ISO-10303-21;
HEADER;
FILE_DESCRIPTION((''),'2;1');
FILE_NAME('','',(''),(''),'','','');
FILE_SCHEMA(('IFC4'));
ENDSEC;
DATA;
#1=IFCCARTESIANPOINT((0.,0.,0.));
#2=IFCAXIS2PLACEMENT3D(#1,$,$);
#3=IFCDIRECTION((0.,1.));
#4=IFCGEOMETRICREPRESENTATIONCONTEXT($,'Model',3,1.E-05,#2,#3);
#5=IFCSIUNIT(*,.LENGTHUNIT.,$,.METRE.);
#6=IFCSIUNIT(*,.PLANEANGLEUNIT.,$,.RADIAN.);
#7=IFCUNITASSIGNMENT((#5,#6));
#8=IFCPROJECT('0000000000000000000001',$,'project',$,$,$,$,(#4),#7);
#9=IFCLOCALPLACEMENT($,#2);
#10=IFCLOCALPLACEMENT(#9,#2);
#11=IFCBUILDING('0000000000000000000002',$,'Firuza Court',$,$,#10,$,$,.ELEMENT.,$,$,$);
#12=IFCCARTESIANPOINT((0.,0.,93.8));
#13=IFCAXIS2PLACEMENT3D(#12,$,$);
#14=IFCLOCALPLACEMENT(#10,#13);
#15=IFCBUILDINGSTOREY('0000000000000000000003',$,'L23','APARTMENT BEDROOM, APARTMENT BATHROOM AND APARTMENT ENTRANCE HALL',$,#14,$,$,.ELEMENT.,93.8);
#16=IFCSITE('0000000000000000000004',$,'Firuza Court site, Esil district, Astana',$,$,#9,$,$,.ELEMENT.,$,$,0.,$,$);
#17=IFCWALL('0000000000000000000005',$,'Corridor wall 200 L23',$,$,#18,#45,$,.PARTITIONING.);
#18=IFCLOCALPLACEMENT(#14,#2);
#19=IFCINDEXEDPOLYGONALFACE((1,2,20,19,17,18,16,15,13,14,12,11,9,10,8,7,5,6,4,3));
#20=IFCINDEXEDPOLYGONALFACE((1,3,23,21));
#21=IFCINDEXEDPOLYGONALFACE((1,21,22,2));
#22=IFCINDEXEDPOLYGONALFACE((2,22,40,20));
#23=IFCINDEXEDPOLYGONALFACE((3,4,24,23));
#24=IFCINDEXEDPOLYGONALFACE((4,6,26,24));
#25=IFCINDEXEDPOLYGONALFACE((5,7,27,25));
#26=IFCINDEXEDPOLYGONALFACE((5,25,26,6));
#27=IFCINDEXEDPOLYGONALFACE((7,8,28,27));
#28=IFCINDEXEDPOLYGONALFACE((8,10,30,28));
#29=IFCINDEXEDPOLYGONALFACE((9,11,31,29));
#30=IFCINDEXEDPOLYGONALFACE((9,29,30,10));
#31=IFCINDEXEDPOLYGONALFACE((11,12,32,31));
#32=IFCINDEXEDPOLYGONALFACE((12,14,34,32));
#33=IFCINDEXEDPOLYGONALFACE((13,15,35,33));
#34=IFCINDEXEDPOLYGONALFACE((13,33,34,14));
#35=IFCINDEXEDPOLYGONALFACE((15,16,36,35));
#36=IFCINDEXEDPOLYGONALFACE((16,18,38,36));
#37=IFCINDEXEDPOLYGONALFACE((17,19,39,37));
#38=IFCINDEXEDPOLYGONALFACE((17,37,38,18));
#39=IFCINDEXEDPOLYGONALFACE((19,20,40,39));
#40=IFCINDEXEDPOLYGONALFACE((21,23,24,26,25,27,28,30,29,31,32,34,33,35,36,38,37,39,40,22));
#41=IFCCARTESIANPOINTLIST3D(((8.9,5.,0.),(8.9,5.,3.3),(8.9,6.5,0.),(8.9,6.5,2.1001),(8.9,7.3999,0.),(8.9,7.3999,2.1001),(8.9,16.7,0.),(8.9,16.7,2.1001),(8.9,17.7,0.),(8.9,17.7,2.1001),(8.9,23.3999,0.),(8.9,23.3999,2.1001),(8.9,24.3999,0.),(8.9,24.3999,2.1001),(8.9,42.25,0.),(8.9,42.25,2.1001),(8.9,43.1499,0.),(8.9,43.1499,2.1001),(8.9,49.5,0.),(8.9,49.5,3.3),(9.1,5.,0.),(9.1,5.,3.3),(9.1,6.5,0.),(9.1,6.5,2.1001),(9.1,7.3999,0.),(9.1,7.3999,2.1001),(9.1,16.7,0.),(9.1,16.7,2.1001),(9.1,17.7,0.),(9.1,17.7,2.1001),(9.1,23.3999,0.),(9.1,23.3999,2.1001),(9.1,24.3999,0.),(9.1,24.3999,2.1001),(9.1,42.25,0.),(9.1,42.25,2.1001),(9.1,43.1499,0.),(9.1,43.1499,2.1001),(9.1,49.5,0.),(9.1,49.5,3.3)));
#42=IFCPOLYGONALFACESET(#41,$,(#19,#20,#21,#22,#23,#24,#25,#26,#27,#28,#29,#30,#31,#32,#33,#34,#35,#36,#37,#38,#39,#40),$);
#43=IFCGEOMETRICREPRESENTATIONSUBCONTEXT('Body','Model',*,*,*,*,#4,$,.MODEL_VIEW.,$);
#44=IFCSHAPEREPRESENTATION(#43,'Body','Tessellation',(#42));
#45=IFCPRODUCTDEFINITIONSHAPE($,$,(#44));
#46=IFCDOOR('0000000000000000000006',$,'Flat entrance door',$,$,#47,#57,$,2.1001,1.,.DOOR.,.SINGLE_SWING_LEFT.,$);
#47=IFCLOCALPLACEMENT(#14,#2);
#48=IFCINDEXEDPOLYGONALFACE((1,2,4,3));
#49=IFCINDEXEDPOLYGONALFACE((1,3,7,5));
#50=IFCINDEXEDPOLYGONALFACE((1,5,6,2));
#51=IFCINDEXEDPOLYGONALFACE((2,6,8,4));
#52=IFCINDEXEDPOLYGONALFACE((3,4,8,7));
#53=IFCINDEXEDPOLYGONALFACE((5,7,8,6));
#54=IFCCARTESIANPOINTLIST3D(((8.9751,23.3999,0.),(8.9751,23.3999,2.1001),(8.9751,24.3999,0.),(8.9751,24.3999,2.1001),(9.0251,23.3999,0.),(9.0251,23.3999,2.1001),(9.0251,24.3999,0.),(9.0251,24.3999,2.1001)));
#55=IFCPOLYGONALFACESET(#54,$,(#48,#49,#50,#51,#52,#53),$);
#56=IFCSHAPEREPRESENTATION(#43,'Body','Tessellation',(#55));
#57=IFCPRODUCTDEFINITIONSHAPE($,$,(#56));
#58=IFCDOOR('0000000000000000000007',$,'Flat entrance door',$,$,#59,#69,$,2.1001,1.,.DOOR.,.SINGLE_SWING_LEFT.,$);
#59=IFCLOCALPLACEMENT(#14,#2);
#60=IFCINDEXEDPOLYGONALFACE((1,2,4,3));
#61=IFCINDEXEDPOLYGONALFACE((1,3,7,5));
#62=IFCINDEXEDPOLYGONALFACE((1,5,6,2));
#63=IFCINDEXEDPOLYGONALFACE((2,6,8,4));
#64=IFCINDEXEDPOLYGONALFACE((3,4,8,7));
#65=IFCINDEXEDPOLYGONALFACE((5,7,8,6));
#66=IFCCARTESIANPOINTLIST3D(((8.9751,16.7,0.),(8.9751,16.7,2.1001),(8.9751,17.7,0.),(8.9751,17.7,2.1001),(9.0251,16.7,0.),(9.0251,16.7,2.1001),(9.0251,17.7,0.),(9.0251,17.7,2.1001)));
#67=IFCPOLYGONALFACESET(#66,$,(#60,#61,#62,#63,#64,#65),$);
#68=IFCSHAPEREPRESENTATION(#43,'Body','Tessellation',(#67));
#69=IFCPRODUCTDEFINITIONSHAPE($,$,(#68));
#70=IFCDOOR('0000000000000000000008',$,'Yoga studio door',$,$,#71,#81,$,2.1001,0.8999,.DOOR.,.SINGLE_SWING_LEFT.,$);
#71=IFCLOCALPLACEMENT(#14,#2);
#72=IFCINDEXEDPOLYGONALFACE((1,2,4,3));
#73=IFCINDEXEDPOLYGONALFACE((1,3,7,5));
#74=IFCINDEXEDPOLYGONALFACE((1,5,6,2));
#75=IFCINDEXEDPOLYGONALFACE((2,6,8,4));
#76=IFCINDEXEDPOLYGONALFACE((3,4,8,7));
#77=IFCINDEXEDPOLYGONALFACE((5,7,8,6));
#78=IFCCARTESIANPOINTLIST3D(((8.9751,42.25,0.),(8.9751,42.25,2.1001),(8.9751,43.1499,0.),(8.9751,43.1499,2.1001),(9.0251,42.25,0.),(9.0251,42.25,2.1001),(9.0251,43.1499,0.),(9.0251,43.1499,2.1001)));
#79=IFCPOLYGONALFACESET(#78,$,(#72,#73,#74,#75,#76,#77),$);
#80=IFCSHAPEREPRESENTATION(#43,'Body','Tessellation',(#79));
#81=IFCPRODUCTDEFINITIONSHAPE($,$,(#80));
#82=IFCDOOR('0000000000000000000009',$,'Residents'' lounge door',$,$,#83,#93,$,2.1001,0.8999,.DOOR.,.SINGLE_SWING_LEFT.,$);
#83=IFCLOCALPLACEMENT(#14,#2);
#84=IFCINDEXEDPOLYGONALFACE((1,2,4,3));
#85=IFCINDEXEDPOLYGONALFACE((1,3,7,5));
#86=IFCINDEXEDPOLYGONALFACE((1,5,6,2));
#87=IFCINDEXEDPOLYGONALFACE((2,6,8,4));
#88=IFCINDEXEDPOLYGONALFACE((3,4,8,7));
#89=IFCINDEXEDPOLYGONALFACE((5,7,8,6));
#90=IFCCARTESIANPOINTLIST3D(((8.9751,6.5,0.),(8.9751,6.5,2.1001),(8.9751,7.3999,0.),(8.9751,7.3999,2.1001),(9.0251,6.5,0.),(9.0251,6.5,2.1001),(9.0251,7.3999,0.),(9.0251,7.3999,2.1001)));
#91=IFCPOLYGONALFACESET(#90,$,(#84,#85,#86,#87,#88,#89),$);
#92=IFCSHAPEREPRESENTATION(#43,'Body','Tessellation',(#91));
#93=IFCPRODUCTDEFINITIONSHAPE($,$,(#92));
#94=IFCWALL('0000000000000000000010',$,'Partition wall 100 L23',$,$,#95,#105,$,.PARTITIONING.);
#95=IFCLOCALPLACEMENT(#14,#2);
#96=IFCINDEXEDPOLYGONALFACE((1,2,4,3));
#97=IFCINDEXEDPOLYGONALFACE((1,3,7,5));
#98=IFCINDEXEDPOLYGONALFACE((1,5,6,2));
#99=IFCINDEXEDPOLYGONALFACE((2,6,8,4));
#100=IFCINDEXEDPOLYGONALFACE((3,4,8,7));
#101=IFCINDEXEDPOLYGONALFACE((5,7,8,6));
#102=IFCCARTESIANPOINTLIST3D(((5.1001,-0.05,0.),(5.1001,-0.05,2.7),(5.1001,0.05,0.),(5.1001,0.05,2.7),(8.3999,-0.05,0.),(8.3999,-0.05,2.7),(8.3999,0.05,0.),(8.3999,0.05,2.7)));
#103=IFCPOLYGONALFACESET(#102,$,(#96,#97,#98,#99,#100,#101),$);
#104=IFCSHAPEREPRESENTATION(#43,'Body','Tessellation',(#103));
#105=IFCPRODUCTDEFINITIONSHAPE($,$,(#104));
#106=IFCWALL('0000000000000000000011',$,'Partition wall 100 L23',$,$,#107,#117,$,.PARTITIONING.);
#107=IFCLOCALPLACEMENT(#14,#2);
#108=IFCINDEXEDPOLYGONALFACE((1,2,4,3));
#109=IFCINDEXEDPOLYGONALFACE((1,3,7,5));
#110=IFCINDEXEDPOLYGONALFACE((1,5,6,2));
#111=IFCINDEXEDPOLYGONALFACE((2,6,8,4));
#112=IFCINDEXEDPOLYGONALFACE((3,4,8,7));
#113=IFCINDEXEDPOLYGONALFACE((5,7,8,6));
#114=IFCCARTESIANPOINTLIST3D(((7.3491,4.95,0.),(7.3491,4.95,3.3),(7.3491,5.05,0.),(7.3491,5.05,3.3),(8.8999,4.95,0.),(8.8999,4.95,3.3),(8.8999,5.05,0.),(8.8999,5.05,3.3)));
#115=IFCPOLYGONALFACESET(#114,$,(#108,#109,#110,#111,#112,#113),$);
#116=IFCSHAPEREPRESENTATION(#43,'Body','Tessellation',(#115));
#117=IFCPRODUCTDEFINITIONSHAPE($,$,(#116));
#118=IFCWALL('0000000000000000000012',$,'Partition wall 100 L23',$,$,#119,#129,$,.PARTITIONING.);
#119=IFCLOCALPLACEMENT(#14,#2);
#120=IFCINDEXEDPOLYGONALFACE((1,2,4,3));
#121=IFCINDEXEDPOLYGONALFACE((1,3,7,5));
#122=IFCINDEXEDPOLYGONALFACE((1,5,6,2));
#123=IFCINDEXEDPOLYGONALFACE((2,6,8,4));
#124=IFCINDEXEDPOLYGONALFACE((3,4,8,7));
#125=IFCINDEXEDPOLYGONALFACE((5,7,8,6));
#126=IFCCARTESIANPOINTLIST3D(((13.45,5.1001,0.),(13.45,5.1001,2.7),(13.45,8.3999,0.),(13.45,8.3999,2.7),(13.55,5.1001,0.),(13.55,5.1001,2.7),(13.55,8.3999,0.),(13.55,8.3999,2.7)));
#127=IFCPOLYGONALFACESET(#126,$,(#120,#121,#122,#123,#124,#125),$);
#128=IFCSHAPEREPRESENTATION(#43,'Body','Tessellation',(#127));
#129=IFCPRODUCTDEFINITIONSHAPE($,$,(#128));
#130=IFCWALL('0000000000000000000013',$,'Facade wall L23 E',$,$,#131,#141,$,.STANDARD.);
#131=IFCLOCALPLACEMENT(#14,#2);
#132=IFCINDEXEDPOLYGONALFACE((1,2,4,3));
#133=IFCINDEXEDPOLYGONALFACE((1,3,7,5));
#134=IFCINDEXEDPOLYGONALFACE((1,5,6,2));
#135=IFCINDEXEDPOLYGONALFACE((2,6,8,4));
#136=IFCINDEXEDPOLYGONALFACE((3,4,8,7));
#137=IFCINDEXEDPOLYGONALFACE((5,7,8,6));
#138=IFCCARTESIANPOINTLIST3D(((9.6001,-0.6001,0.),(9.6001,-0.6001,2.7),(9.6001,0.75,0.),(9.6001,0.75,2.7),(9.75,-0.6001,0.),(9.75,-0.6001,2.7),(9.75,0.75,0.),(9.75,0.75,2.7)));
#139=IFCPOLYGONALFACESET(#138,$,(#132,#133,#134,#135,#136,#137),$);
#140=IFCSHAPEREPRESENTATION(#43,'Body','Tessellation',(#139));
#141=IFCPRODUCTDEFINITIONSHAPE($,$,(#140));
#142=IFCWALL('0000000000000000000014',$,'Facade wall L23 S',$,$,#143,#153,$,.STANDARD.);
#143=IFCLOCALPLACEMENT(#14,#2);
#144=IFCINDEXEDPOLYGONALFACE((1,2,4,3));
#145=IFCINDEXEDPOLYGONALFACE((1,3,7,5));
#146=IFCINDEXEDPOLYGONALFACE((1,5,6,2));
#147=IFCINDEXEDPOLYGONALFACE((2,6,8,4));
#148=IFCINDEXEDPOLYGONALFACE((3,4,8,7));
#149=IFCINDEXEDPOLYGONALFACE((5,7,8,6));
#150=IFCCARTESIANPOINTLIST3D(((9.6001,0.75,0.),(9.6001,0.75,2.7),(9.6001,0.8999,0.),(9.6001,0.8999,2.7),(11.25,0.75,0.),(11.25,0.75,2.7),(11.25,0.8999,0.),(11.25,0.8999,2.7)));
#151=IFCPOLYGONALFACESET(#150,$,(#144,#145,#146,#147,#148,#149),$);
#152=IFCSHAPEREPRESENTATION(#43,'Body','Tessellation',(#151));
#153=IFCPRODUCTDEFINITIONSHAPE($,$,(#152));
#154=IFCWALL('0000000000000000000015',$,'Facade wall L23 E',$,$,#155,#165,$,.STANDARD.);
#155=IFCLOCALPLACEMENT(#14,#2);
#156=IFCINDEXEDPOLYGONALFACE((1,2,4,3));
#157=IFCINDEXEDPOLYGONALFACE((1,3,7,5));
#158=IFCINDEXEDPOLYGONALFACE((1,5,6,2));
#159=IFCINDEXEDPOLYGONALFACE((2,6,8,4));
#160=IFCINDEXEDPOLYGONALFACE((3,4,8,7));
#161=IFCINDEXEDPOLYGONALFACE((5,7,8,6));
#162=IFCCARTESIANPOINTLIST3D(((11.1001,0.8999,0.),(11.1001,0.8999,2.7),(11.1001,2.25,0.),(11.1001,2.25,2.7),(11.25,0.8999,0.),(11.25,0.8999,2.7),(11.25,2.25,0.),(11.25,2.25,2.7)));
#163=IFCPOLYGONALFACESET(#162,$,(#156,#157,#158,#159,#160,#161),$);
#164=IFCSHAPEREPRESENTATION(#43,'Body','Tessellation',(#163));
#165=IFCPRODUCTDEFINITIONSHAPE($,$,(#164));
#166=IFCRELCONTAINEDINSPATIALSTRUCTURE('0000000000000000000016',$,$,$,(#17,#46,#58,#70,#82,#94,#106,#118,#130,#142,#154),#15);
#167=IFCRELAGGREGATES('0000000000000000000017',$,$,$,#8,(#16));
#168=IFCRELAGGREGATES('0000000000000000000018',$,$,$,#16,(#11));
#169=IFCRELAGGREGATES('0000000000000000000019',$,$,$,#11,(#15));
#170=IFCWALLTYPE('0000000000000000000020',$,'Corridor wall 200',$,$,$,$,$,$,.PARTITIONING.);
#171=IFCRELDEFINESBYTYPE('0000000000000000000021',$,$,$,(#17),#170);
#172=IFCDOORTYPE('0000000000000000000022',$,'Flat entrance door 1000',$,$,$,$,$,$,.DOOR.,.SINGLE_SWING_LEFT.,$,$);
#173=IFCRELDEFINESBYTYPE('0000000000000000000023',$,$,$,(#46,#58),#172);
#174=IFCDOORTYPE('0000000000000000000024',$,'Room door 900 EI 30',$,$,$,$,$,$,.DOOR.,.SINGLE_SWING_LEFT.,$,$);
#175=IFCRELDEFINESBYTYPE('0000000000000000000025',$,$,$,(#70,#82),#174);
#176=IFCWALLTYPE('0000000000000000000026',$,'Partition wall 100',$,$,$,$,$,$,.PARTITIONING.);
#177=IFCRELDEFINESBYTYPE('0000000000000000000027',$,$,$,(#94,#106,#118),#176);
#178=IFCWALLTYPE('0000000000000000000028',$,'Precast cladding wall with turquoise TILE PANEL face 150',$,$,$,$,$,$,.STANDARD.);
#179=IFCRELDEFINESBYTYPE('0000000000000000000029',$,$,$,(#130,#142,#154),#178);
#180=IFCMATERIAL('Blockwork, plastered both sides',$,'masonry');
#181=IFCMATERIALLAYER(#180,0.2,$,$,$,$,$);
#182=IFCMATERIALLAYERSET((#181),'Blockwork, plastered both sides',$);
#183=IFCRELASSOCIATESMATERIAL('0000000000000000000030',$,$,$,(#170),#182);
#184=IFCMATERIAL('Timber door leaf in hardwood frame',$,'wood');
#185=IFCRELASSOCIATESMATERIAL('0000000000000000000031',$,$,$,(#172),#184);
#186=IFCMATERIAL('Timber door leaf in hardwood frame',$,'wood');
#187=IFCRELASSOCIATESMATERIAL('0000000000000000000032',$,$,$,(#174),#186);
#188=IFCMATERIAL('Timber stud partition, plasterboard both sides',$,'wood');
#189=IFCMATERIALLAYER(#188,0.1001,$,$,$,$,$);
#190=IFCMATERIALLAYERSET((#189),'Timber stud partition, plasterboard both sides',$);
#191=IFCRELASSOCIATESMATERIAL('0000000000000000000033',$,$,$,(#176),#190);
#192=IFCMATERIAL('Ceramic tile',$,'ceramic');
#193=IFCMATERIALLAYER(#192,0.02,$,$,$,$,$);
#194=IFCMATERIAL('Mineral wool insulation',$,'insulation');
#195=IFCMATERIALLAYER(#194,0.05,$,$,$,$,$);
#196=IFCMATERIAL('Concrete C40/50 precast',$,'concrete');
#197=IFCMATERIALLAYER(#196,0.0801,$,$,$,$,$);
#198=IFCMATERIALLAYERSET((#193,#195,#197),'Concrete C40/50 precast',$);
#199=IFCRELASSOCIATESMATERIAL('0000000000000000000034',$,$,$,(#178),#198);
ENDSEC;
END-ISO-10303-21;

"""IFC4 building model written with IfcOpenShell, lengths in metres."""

from ifc_helpers import new_model, si_unit, direction, frame, frame_2d, origin, place, context, subcontext, project, spatial, rectangle, extrude, material, layer, layer_set, type_object, element, fill, save


model = new_model("IFC4")

# Units and contexts
model_context = context("Model", 3, precision=1e-05, world=origin(), true_north=direction((0.0, 1.0)))
body_context = subcontext(model_context, "Body", "Model", "MODEL_VIEW")
ifc_project = project(units=[si_unit("LENGTHUNIT", "METRE"), si_unit("PLANEANGLEUNIT", "RADIAN")], contexts=[model_context])

# Site, building, storey
site_placement = place(None, origin())
site = spatial("IfcSite", under=ifc_project, at=site_placement, Name="Firuza Court site, Esil district, Astana", CompositionType="ELEMENT", RefElevation=0.0)
building_placement = place(site_placement, origin())
building = spatial("IfcBuilding", under=site, at=building_placement, Name="Firuza Court", CompositionType="ELEMENT")
storey_placement = place(building_placement, frame((0.0, 0.0, 93.8)))
storey = spatial("IfcBuildingStorey", under=building, at=storey_placement, Name="L23", Description="APARTMENT BEDROOM, APARTMENT BATHROOM AND APARTMENT ENTRANCE HALL", CompositionType="ELEMENT", Elevation=93.8)

# Wall, openings, doors
ifc_material_1 = material(Name="Blockwork, plastered both sides", Category="masonry")
ifc_layer_1 = layer(ifc_material_1, 0.2)
ifc_layer_set_1 = layer_set([ifc_layer_1], Name="Blockwork, plastered both sides")
wall_type_1 = type_object("IfcWallType", Name="Corridor wall 200", PredefinedType="PARTITIONING", material=ifc_layer_set_1)
wall_1_placement = place(storey_placement, frame((9.0, 5.0, 0.0), z_axis=(0.0, 0.0, 1.0), x_axis=(0.0, 1.0, 0.0)))
wall_1 = element("IfcWall", 1, at=wall_1_placement, inside=storey, type_object=wall_type_1, Name="Corridor wall 200 L23", PredefinedType="PARTITIONING", context=body_context, shape_type="SweptSolid", body=[
    extrude(rectangle(XDim=44.5, YDim=0.2, at=frame_2d((22.25, 0.0))), origin(), (0.0, 0.0, 1.0), 3.3),
])
opening_1_placement = place(wall_1_placement, frame((18.3999, 0.0, 0.0)))
opening_1 = element("IfcOpeningElement", 2, at=opening_1_placement, cuts=wall_1, PredefinedType="OPENING", context=body_context, shape_type="SweptSolid", body=[
    extrude(rectangle(XDim=1.0, YDim=2.1001, at=frame_2d((0.5, 1.05))), frame((0.0, 0.1118, 0.0), z_axis=(0.0, -1.0, 0.0), x_axis=(1.0, 0.0, 0.0)), (0.0, 0.0, 1.0), 0.2239),
])
opening_2_placement = place(wall_1_placement, frame((11.7, 0.0, 0.0)))
opening_2 = element("IfcOpeningElement", 3, at=opening_2_placement, cuts=wall_1, PredefinedType="OPENING", context=body_context, shape_type="SweptSolid", body=[
    extrude(rectangle(XDim=1.0, YDim=2.1001, at=frame_2d((0.5, 1.05))), frame((0.0, 0.1118, 0.0), z_axis=(0.0, -1.0, 0.0), x_axis=(1.0, 0.0, 0.0)), (0.0, 0.0, 1.0), 0.2239),
])
opening_3_placement = place(wall_1_placement, frame((37.25, 0.0, 0.0)))
opening_3 = element("IfcOpeningElement", 4, at=opening_3_placement, cuts=wall_1, PredefinedType="OPENING", context=body_context, shape_type="SweptSolid", body=[
    extrude(rectangle(XDim=0.8999, YDim=2.1001, at=frame_2d((0.45, 1.05))), frame((0.0, 0.1118, 0.0), z_axis=(0.0, -1.0, 0.0), x_axis=(1.0, 0.0, 0.0)), (0.0, 0.0, 1.0), 0.2239),
])
opening_4_placement = place(wall_1_placement, frame((1.5, 0.0, 0.0)))
opening_4 = element("IfcOpeningElement", 5, at=opening_4_placement, cuts=wall_1, PredefinedType="OPENING", context=body_context, shape_type="SweptSolid", body=[
    extrude(rectangle(XDim=0.8999, YDim=2.1001, at=frame_2d((0.45, 1.05))), frame((0.0, 0.1118, 0.0), z_axis=(0.0, -1.0, 0.0), x_axis=(1.0, 0.0, 0.0)), (0.0, 0.0, 1.0), 0.2239),
])
ifc_material_2 = material(Name="Timber door leaf in hardwood frame", Category="wood")
door_type_1 = type_object("IfcDoorType", Name="Flat entrance door 1000", OperationType="SINGLE_SWING_LEFT", PredefinedType="DOOR", material=ifc_material_2)
door_1_placement = place(opening_1_placement, origin())
door_1 = element("IfcDoor", 6, at=door_1_placement, inside=storey, type_object=door_type_1, Name="Flat entrance door", OperationType="SINGLE_SWING_LEFT", OverallHeight=2.1001, OverallWidth=1.0, PredefinedType="DOOR", context=body_context, shape_type="SweptSolid", body=[
    extrude(rectangle(XDim=1.0, YDim=2.1001, at=frame_2d((0.5, 1.05))), frame((0.0, 0.0249, 0.0), z_axis=(0.0, -1.0, 0.0), x_axis=(1.0, 0.0, 0.0)), (0.0, 0.0, 1.0), 0.05),
])
fill(opening_1, door_1)
door_2_placement = place(opening_2_placement, origin())
door_2 = element("IfcDoor", 7, at=door_2_placement, inside=storey, type_object=door_type_1, Name="Flat entrance door", OperationType="SINGLE_SWING_LEFT", OverallHeight=2.1001, OverallWidth=1.0, PredefinedType="DOOR", context=body_context, shape_type="SweptSolid", body=[
    extrude(rectangle(XDim=1.0, YDim=2.1001, at=frame_2d((0.5, 1.05))), frame((0.0, 0.0249, 0.0), z_axis=(0.0, -1.0, 0.0), x_axis=(1.0, 0.0, 0.0)), (0.0, 0.0, 1.0), 0.05),
])
fill(opening_2, door_2)
ifc_material_3 = material(Name="Timber door leaf in hardwood frame", Category="wood")
door_type_2 = type_object("IfcDoorType", Name="Room door 900 EI 30", OperationType="SINGLE_SWING_LEFT", PredefinedType="DOOR", material=ifc_material_3)
door_3_placement = place(opening_3_placement, origin())
door_3 = element("IfcDoor", 8, at=door_3_placement, inside=storey, type_object=door_type_2, Name="Yoga studio door", OperationType="SINGLE_SWING_LEFT", OverallHeight=2.1001, OverallWidth=0.8999, PredefinedType="DOOR", context=body_context, shape_type="SweptSolid", body=[
    extrude(rectangle(XDim=0.8999, YDim=2.1001, at=frame_2d((0.45, 1.05))), frame((0.0, 0.0249, 0.0), z_axis=(0.0, -1.0, 0.0), x_axis=(1.0, 0.0, 0.0)), (0.0, 0.0, 1.0), 0.05),
])
fill(opening_3, door_3)
door_4_placement = place(opening_4_placement, origin())
door_4 = element("IfcDoor", 9, at=door_4_placement, inside=storey, type_object=door_type_2, Name="Residents' lounge door", OperationType="SINGLE_SWING_LEFT", OverallHeight=2.1001, OverallWidth=0.8999, PredefinedType="DOOR", context=body_context, shape_type="SweptSolid", body=[
    extrude(rectangle(XDim=0.8999, YDim=2.1001, at=frame_2d((0.45, 1.05))), frame((0.0, 0.0249, 0.0), z_axis=(0.0, -1.0, 0.0), x_axis=(1.0, 0.0, 0.0)), (0.0, 0.0, 1.0), 0.05),
])
fill(opening_4, door_4)

# Walls
ifc_material_4 = material(Name="Timber stud partition, plasterboard both sides", Category="wood")
ifc_layer_2 = layer(ifc_material_4, 0.1001)
ifc_layer_set_2 = layer_set([ifc_layer_2], Name="Timber stud partition, plasterboard both sides")
wall_type_2 = type_object("IfcWallType", Name="Partition wall 100", PredefinedType="PARTITIONING", material=ifc_layer_set_2)
wall_2_placement = place(storey_placement, frame((5.1001, 0.0, 0.0), z_axis=(0.0, 0.0, 1.0), x_axis=(1.0, 0.0, 0.0)))
element("IfcWall", 10, at=wall_2_placement, inside=storey, type_object=wall_type_2, Name="Partition wall 100 L23", PredefinedType="PARTITIONING", context=body_context, shape_type="SweptSolid", body=[
    extrude(rectangle(XDim=3.2998, YDim=0.1001, at=frame_2d((1.6499, 0.0))), origin(), (0.0, 0.0, 1.0), 2.7),
])
wall_3_placement = place(storey_placement, frame((7.3491, 5.0, 0.0), z_axis=(0.0, 0.0, 1.0), x_axis=(1.0, 0.0, 0.0)))
element("IfcWall", 11, at=wall_3_placement, inside=storey, type_object=wall_type_2, Name="Partition wall 100 L23", PredefinedType="PARTITIONING", context=body_context, shape_type="SweptSolid", body=[
    extrude(rectangle(XDim=1.5508, YDim=0.1001, at=frame_2d((0.7754, 0.0))), origin(), (0.0, 0.0, 1.0), 3.3),
])
wall_4_placement = place(storey_placement, frame((13.5, 5.1001, 0.0), z_axis=(0.0, 0.0, 1.0), x_axis=(0.0, 1.0, 0.0)))
element("IfcWall", 12, at=wall_4_placement, inside=storey, type_object=wall_type_2, Name="Partition wall 100 L23", PredefinedType="PARTITIONING", context=body_context, shape_type="SweptSolid", body=[
    extrude(rectangle(XDim=3.2998, YDim=0.1001, at=frame_2d((1.6499, 0.0))), origin(), (0.0, 0.0, 1.0), 2.7),
])
ifc_material_5 = material(Name="Ceramic tile", Category="ceramic")
ifc_layer_3 = layer(ifc_material_5, 0.02)
ifc_material_6 = material(Name="Mineral wool insulation", Category="insulation")
ifc_layer_4 = layer(ifc_material_6, 0.05)
ifc_material_7 = material(Name="Concrete C40/50 precast", Category="concrete")
ifc_layer_5 = layer(ifc_material_7, 0.0801)
ifc_layer_set_3 = layer_set([ifc_layer_3, ifc_layer_4, ifc_layer_5], Name="Concrete C40/50 precast")
wall_type_3 = type_object("IfcWallType", Name="Precast cladding wall with turquoise TILE PANEL face 150", PredefinedType="STANDARD", material=ifc_layer_set_3)
wall_5_placement = place(storey_placement, frame((9.675, -0.6001, 0.0), z_axis=(0.0, 0.0, 1.0), x_axis=(0.0, 1.0, 0.0)))
element("IfcWall", 13, at=wall_5_placement, inside=storey, type_object=wall_type_3, Name="Facade wall L23 E", PredefinedType="STANDARD", context=body_context, shape_type="SweptSolid", body=[
    extrude(rectangle(XDim=1.3501, YDim=0.1499, at=frame_2d((0.675, 0.0))), origin(), (0.0, 0.0, 1.0), 2.7),
])
wall_6_placement = place(storey_placement, frame((9.6001, 0.825, 0.0), z_axis=(0.0, 0.0, 1.0), x_axis=(1.0, 0.0, 0.0)))
element("IfcWall", 14, at=wall_6_placement, inside=storey, type_object=wall_type_3, Name="Facade wall L23 S", PredefinedType="STANDARD", context=body_context, shape_type="SweptSolid", body=[
    extrude(rectangle(XDim=1.6499, YDim=0.1499, at=frame_2d((0.825, 0.0))), origin(), (0.0, 0.0, 1.0), 2.7),
])
wall_7_placement = place(storey_placement, frame((11.175, 0.8999, 0.0), z_axis=(0.0, 0.0, 1.0), x_axis=(0.0, 1.0, 0.0)))
element("IfcWall", 15, at=wall_7_placement, inside=storey, type_object=wall_type_3, Name="Facade wall L23 E", PredefinedType="STANDARD", context=body_context, shape_type="SweptSolid", body=[
    extrude(rectangle(XDim=1.3501, YDim=0.1499, at=frame_2d((0.675, 0.0))), origin(), (0.0, 0.0, 1.0), 2.7),
])

save(model, "model.ifc")
